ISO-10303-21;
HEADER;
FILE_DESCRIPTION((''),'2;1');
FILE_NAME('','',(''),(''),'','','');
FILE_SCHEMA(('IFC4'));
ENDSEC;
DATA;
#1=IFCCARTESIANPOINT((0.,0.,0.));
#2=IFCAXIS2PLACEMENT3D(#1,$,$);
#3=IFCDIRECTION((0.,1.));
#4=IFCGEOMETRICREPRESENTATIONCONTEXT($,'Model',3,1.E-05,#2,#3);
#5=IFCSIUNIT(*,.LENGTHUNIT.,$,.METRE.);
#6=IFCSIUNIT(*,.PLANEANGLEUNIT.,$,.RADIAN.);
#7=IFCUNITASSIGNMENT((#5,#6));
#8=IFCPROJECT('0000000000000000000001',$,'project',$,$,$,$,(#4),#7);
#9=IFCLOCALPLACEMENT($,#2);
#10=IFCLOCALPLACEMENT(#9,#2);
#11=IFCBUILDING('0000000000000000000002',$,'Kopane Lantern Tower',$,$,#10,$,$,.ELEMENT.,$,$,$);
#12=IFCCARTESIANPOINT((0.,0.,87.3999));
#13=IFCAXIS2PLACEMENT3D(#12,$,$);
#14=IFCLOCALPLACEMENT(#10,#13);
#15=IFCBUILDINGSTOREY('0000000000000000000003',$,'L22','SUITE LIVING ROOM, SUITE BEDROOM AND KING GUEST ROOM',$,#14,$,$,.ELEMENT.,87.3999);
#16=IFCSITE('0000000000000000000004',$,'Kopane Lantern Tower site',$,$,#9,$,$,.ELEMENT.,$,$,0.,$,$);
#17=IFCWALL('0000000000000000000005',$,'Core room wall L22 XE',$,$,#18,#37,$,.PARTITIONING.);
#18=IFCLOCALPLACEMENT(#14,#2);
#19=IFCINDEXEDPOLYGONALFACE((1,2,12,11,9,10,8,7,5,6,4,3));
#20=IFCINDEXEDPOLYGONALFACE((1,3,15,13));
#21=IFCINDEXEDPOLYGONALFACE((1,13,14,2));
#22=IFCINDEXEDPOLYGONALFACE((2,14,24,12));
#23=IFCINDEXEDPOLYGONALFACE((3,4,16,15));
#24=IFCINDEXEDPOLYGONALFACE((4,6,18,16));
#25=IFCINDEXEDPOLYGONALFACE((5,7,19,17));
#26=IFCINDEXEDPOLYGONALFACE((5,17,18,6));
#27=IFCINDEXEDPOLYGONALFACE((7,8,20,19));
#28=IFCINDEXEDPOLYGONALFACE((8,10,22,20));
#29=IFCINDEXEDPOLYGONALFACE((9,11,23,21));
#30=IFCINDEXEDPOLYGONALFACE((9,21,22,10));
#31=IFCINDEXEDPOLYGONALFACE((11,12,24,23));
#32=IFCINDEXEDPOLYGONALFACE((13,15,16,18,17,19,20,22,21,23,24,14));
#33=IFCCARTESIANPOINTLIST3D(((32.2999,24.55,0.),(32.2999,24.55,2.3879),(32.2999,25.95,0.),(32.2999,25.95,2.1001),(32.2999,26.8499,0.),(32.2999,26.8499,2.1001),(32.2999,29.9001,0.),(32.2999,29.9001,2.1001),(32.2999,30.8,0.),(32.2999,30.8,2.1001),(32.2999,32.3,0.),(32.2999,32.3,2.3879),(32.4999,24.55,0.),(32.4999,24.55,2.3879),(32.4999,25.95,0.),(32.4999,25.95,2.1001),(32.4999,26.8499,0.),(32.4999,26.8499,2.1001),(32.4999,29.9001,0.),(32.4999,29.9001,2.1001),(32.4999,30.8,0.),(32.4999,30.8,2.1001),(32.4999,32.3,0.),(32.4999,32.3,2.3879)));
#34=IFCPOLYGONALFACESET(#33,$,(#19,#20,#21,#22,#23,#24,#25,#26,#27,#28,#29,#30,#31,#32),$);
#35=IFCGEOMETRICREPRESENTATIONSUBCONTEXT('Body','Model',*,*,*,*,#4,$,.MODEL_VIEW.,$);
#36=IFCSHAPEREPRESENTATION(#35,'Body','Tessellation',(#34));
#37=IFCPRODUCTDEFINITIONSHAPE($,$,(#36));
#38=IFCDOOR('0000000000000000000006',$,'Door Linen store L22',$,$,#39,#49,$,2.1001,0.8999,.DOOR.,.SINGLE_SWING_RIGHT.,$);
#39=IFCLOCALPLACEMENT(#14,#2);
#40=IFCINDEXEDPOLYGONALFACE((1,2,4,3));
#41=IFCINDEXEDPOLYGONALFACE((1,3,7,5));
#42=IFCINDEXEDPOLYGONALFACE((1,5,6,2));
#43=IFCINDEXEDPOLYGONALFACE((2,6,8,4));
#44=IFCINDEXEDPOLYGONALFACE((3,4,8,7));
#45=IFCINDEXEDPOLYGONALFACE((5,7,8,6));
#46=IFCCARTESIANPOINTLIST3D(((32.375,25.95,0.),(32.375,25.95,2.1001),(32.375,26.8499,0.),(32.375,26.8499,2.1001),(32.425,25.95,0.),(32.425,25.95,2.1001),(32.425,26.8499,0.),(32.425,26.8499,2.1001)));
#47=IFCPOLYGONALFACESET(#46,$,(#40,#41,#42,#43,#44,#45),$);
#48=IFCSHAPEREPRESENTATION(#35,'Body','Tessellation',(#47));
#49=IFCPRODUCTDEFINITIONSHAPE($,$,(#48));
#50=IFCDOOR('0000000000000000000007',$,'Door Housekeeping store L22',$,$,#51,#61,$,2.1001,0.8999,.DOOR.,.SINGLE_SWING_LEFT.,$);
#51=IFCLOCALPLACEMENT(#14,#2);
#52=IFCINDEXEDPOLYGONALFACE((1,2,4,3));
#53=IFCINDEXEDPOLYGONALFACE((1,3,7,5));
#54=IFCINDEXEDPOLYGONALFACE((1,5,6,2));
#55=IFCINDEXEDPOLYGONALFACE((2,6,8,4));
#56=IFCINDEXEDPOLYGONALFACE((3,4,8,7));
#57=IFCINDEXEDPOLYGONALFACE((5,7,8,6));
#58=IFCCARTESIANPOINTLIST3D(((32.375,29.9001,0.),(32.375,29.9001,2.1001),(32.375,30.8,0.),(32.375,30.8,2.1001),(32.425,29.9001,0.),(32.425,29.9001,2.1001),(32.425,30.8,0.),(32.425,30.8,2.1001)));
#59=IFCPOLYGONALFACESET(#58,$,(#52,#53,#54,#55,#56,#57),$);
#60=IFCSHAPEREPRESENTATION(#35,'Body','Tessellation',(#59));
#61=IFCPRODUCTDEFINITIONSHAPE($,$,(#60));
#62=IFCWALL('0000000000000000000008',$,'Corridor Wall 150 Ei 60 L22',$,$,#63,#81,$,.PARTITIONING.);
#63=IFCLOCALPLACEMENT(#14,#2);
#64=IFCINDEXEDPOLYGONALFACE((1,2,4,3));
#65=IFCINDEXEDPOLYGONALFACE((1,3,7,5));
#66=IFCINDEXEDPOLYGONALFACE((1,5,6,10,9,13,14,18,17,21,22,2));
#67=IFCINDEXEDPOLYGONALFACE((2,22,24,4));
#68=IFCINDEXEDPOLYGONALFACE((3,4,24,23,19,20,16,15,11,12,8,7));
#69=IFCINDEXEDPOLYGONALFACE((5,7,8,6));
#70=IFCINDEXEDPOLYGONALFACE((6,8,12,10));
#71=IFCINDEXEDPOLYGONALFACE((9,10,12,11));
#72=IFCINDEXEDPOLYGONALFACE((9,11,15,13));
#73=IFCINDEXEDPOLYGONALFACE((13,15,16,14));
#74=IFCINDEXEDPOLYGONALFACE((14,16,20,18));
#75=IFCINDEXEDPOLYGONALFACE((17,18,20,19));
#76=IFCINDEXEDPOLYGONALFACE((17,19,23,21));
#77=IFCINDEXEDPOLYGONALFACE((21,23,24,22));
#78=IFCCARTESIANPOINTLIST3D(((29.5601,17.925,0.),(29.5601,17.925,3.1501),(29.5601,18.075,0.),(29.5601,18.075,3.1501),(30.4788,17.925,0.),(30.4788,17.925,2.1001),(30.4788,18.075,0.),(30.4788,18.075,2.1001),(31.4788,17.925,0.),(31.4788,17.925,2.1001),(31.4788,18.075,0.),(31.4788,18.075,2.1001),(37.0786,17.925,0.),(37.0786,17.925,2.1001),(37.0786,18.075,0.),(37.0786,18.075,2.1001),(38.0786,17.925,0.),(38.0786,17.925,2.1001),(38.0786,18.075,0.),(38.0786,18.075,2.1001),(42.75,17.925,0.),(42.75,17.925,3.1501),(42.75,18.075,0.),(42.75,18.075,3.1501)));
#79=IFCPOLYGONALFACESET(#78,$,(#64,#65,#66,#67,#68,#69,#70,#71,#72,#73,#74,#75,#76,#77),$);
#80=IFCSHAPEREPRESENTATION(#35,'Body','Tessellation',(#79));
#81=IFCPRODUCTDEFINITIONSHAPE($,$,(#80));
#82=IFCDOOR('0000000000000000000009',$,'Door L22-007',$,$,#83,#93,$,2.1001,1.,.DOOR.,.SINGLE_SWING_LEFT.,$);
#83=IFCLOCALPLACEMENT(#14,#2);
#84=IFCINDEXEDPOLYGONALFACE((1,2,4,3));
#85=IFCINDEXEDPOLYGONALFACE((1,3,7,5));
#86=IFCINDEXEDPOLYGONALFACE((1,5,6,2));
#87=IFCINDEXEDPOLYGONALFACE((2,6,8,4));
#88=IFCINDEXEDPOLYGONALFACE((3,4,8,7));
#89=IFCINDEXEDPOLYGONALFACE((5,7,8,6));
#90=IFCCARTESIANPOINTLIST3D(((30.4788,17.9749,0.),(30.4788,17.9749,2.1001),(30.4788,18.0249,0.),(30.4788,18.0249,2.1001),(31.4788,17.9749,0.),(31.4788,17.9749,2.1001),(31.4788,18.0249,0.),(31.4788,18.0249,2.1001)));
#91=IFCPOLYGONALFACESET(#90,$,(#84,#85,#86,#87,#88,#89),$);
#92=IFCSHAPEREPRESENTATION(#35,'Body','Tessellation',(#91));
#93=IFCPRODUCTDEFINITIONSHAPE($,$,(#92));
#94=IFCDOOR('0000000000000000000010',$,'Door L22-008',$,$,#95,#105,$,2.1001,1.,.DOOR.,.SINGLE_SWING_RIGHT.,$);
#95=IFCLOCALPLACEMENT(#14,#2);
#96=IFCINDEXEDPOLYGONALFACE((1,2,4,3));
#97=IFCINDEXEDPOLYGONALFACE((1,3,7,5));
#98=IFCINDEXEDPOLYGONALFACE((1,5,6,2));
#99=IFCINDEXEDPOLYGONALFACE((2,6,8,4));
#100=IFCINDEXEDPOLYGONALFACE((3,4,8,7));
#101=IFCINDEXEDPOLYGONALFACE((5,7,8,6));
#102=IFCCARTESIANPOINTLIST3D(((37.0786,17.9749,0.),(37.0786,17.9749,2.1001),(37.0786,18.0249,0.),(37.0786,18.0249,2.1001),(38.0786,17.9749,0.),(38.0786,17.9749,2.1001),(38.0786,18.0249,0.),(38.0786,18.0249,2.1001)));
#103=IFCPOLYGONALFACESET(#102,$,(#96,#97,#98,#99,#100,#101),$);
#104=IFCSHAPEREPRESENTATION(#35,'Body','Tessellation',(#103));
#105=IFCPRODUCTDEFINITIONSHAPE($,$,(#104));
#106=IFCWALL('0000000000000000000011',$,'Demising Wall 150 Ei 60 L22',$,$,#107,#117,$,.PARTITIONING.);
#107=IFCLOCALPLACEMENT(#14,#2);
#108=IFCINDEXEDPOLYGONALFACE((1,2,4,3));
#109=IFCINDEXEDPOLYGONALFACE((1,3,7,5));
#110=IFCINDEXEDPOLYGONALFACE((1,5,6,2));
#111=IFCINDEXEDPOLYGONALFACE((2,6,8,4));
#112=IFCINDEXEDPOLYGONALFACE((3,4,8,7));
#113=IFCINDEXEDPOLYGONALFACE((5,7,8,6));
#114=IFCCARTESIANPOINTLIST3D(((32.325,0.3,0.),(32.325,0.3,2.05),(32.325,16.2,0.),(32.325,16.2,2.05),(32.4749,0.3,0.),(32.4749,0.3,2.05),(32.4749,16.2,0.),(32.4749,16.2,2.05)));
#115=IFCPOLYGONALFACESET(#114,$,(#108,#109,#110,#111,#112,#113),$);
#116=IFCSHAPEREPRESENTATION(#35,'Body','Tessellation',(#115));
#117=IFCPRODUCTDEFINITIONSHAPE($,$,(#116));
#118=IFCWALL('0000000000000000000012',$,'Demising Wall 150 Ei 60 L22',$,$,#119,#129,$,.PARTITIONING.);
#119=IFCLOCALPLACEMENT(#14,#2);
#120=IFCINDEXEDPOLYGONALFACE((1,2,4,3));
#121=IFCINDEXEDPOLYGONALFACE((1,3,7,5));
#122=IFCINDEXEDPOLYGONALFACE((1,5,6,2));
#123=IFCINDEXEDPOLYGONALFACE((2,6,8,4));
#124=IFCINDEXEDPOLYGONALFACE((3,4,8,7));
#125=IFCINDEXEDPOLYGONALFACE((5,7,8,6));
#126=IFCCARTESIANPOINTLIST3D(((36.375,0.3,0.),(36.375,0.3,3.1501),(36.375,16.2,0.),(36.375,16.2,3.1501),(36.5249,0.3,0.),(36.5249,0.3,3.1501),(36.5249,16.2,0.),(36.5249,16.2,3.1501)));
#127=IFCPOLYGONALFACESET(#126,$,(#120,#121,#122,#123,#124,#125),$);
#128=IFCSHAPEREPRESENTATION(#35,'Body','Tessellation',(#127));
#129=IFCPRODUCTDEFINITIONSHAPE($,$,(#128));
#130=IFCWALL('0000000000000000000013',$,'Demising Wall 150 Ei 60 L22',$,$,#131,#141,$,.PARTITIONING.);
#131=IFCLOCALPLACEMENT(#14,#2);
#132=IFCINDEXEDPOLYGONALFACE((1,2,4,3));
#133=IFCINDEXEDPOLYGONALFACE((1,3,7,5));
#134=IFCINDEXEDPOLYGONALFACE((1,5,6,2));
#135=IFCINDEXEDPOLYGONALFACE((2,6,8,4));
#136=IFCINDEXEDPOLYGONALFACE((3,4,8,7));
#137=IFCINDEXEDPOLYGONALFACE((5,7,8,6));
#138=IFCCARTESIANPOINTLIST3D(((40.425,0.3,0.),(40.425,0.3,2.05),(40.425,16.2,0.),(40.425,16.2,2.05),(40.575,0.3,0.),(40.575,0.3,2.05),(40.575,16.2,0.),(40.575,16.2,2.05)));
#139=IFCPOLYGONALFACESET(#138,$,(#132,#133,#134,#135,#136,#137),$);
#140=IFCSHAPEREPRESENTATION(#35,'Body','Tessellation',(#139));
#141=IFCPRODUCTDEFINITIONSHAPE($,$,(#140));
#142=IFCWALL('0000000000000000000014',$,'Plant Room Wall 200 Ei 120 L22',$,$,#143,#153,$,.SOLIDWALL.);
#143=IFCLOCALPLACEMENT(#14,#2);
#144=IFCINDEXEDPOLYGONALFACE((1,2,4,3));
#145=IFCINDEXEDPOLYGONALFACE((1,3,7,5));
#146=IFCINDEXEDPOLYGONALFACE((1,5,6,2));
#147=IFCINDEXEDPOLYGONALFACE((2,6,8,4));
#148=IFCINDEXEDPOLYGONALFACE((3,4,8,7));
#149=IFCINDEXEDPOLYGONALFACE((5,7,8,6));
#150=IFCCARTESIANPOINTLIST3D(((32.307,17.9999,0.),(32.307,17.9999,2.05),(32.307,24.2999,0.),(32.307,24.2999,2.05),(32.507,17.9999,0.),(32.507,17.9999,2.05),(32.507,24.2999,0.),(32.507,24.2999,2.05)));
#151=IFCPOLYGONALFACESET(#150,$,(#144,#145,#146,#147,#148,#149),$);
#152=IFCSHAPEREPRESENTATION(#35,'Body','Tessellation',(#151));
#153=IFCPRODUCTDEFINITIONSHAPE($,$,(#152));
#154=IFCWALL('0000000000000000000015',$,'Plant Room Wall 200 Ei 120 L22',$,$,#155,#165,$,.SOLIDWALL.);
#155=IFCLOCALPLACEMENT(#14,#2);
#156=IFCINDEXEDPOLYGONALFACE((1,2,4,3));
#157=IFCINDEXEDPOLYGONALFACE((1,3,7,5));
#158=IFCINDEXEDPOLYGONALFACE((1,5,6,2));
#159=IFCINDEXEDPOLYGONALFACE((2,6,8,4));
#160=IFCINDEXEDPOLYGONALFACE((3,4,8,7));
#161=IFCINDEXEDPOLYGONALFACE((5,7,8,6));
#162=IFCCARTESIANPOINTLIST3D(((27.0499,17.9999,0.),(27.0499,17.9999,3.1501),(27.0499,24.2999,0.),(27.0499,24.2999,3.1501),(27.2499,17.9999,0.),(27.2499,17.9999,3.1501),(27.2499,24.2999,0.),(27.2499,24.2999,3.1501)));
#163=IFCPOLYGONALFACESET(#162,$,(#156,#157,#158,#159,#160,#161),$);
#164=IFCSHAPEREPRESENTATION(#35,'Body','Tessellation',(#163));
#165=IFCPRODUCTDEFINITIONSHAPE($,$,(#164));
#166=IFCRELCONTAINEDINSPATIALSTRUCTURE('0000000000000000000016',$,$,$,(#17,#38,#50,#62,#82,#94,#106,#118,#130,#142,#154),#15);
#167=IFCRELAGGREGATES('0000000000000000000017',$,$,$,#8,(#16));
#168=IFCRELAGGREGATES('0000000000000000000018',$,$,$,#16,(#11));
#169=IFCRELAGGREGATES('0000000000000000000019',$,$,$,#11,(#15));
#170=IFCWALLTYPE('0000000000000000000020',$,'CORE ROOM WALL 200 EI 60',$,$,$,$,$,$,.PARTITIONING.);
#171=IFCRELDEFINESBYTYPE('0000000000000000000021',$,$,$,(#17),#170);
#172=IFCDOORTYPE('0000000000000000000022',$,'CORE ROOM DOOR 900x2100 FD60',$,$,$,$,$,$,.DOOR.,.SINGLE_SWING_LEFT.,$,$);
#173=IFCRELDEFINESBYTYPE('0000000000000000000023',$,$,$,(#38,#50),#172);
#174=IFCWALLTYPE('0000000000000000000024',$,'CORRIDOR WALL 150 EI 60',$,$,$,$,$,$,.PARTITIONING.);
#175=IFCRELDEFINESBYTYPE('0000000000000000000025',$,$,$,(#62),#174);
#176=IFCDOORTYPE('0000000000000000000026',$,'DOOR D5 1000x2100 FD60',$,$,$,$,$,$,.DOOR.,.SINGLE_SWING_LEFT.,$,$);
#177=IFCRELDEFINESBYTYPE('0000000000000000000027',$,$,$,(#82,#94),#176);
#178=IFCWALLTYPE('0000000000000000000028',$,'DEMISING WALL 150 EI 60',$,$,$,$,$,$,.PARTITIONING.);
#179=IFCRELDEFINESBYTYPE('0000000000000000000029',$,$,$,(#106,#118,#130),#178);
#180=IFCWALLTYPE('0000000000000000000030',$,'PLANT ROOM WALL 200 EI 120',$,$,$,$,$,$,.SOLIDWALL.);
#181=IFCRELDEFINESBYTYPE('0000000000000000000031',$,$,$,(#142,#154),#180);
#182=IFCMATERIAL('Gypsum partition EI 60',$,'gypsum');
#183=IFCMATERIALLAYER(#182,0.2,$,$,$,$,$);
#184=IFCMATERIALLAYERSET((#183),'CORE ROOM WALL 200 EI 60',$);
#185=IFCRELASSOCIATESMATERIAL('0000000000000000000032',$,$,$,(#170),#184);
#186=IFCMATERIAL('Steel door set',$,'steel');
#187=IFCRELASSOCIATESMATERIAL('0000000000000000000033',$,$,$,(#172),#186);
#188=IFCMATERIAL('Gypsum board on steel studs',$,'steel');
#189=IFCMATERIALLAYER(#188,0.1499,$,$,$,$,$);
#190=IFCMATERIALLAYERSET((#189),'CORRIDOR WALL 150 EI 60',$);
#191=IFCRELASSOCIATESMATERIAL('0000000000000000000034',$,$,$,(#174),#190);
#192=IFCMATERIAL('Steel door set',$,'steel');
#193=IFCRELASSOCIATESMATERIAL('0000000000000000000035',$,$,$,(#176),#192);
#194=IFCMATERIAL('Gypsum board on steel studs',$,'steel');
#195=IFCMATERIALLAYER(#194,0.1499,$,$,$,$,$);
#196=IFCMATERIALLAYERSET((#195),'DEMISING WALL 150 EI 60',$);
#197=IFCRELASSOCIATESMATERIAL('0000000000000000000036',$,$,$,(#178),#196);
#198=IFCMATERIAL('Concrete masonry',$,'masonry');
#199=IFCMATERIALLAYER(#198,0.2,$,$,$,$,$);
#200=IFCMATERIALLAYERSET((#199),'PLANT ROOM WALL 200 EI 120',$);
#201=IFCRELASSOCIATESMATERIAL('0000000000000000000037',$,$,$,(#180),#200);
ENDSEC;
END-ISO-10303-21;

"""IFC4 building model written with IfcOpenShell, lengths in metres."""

from ifc_helpers import new_model, si_unit, direction, frame, frame_2d, origin, place, context, subcontext, project, spatial, rectangle, extrude, material, layer, layer_set, type_object, element, fill, save


model = new_model("IFC4")

# Units and contexts
model_context = context("Model", 3, precision=1e-05, world=origin(), true_north=direction((0.0, 1.0)))
body_context = subcontext(model_context, "Body", "Model", "MODEL_VIEW")
ifc_project = project(units=[si_unit("LENGTHUNIT", "METRE"), si_unit("PLANEANGLEUNIT", "RADIAN")], contexts=[model_context])

# Site, building, storey
site_placement = place(None, origin())
site = spatial("IfcSite", under=ifc_project, at=site_placement, Name="Kopane Lantern Tower site", CompositionType="ELEMENT", RefElevation=0.0)
building_placement = place(site_placement, origin())
building = spatial("IfcBuilding", under=site, at=building_placement, Name="Kopane Lantern Tower", CompositionType="ELEMENT")
storey_placement = place(building_placement, frame((0.0, 0.0, 87.3999)))
storey = spatial("IfcBuildingStorey", under=building, at=storey_placement, Name="L22", Description="SUITE LIVING ROOM, SUITE BEDROOM AND KING GUEST ROOM", CompositionType="ELEMENT", Elevation=87.3999)

# Walls, openings, doors
ifc_material_1 = material(Name="Gypsum partition EI 60", Category="gypsum")
ifc_layer_1 = layer(ifc_material_1, 0.2)
ifc_layer_set_1 = layer_set([ifc_layer_1], Name="CORE ROOM WALL 200 EI 60")
wall_type_1 = type_object("IfcWallType", Name="CORE ROOM WALL 200 EI 60", PredefinedType="PARTITIONING", material=ifc_layer_set_1)
wall_1_placement = place(storey_placement, frame((32.3999, 24.55, 0.0), z_axis=(0.0, 0.0, 1.0), x_axis=(0.0, 1.0, 0.0)))
wall_1 = element("IfcWall", 1, at=wall_1_placement, inside=storey, type_object=wall_type_1, Name="Core room wall L22 XE", PredefinedType="PARTITIONING", context=body_context, shape_type="SweptSolid", body=[
    extrude(rectangle(XDim=7.75, YDim=0.2, at=frame_2d((3.875, 0.0))), origin(), (0.0, 0.0, 1.0), 2.3879),
])
opening_1_placement = place(wall_1_placement, frame((1.3999, 0.0, 0.0)))
opening_1 = element("IfcOpeningElement", 2, at=opening_1_placement, cuts=wall_1, PredefinedType="OPENING", context=body_context, shape_type="SweptSolid", body=[
    extrude(rectangle(XDim=0.8999, YDim=2.1001, at=frame_2d((0.45, 1.05))), frame((0.0, 0.1099, 0.0), z_axis=(0.0, -1.0, 0.0), x_axis=(1.0, 0.0, 0.0)), (0.0, 0.0, 1.0), 0.22),
])
opening_2_placement = place(wall_1_placement, frame((5.3501, 0.0, 0.0)))
opening_2 = element("IfcOpeningElement", 3, at=opening_2_placement, cuts=wall_1, PredefinedType="OPENING", context=body_context, shape_type="SweptSolid", body=[
    extrude(rectangle(XDim=0.8999, YDim=2.1001, at=frame_2d((0.45, 1.05))), frame((0.0, 0.1099, 0.0), z_axis=(0.0, -1.0, 0.0), x_axis=(1.0, 0.0, 0.0)), (0.0, 0.0, 1.0), 0.22),
])
ifc_material_2 = material(Name="Steel door set", Category="steel")
door_type_1 = type_object("IfcDoorType", Name="CORE ROOM DOOR 900x2100 FD60", OperationType="SINGLE_SWING_LEFT", PredefinedType="DOOR", material=ifc_material_2)
door_1_placement = place(opening_1_placement, origin())
door_1 = element("IfcDoor", 4, at=door_1_placement, inside=storey, type_object=door_type_1, Name="Door Linen store L22", OperationType="SINGLE_SWING_RIGHT", OverallHeight=2.1001, OverallWidth=0.8999, PredefinedType="DOOR", context=body_context, shape_type="SweptSolid", body=[
    extrude(rectangle(XDim=0.8999, YDim=2.1001, at=frame_2d((0.45, 1.05))), frame((0.0, 0.0249, 0.0), z_axis=(0.0, -1.0, 0.0), x_axis=(1.0, 0.0, 0.0)), (0.0, 0.0, 1.0), 0.05),
])
fill(opening_1, door_1)
door_2_placement = place(opening_2_placement, origin())
door_2 = element("IfcDoor", 5, at=door_2_placement, inside=storey, type_object=door_type_1, Name="Door Housekeeping store L22", OperationType="SINGLE_SWING_LEFT", OverallHeight=2.1001, OverallWidth=0.8999, PredefinedType="DOOR", context=body_context, shape_type="SweptSolid", body=[
    extrude(rectangle(XDim=0.8999, YDim=2.1001, at=frame_2d((0.45, 1.05))), frame((0.0, 0.0249, 0.0), z_axis=(0.0, -1.0, 0.0), x_axis=(1.0, 0.0, 0.0)), (0.0, 0.0, 1.0), 0.05),
])
fill(opening_2, door_2)
ifc_material_3 = material(Name="Gypsum board on steel studs", Category="steel")
ifc_layer_2 = layer(ifc_material_3, 0.1499)
ifc_layer_set_2 = layer_set([ifc_layer_2], Name="CORRIDOR WALL 150 EI 60")
wall_type_2 = type_object("IfcWallType", Name="CORRIDOR WALL 150 EI 60", PredefinedType="PARTITIONING", material=ifc_layer_set_2)
wall_2_placement = place(storey_placement, frame((29.5601, 18.0, 0.0), z_axis=(0.0, 0.0, 1.0), x_axis=(1.0, 0.0, 0.0)))
wall_2 = element("IfcWall", 6, at=wall_2_placement, inside=storey, type_object=wall_type_2, Name="Corridor Wall 150 Ei 60 L22", PredefinedType="PARTITIONING", context=body_context, shape_type="SweptSolid", body=[
    extrude(rectangle(XDim=13.1899, YDim=0.1499, at=frame_2d((6.595, 0.0))), origin(), (0.0, 0.0, 1.0), 3.1501),
])
opening_3_placement = place(wall_2_placement, frame((0.9187, 0.0, 0.0)))
opening_3 = element("IfcOpeningElement", 7, at=opening_3_placement, cuts=wall_2, PredefinedType="OPENING", context=body_context, shape_type="SweptSolid", body=[
    extrude(rectangle(XDim=1.0, YDim=2.1001, at=frame_2d((0.5, 1.05))), frame((0.0, 0.085, 0.0), z_axis=(0.0, -1.0, 0.0), x_axis=(1.0, 0.0, 0.0)), (0.0, 0.0, 1.0), 0.1699),
])
opening_4_placement = place(wall_2_placement, frame((7.5186, 0.0, 0.0)))
opening_4 = element("IfcOpeningElement", 8, at=opening_4_placement, cuts=wall_2, PredefinedType="OPENING", context=body_context, shape_type="SweptSolid", body=[
    extrude(rectangle(XDim=1.0, YDim=2.1001, at=frame_2d((0.5, 1.05))), frame((0.0, 0.085, 0.0), z_axis=(0.0, -1.0, 0.0), x_axis=(1.0, 0.0, 0.0)), (0.0, 0.0, 1.0), 0.1699),
])
ifc_material_4 = material(Name="Steel door set", Category="steel")
door_type_2 = type_object("IfcDoorType", Name="DOOR D5 1000x2100 FD60", OperationType="SINGLE_SWING_LEFT", PredefinedType="DOOR", material=ifc_material_4)
door_3_placement = place(opening_3_placement, origin())
door_3 = element("IfcDoor", 9, at=door_3_placement, inside=storey, type_object=door_type_2, Name="Door L22-007", OperationType="SINGLE_SWING_LEFT", OverallHeight=2.1001, OverallWidth=1.0, PredefinedType="DOOR", context=body_context, shape_type="SweptSolid", body=[
    extrude(rectangle(XDim=1.0, YDim=2.1001, at=frame_2d((0.5, 1.05))), frame((0.0, 0.0249, 0.0), z_axis=(0.0, -1.0, 0.0), x_axis=(1.0, 0.0, 0.0)), (0.0, 0.0, 1.0), 0.05),
])
fill(opening_3, door_3)
door_4_placement = place(opening_4_placement, origin())
door_4 = element("IfcDoor", 10, at=door_4_placement, inside=storey, type_object=door_type_2, Name="Door L22-008", OperationType="SINGLE_SWING_RIGHT", OverallHeight=2.1001, OverallWidth=1.0, PredefinedType="DOOR", context=body_context, shape_type="SweptSolid", body=[
    extrude(rectangle(XDim=1.0, YDim=2.1001, at=frame_2d((0.5, 1.05))), frame((0.0, 0.0249, 0.0), z_axis=(0.0, -1.0, 0.0), x_axis=(1.0, 0.0, 0.0)), (0.0, 0.0, 1.0), 0.05),
])
fill(opening_4, door_4)

# Walls
ifc_material_5 = material(Name="Gypsum board on steel studs", Category="steel")
ifc_layer_3 = layer(ifc_material_5, 0.1499)
ifc_layer_set_3 = layer_set([ifc_layer_3], Name="DEMISING WALL 150 EI 60")
wall_type_3 = type_object("IfcWallType", Name="DEMISING WALL 150 EI 60", PredefinedType="PARTITIONING", material=ifc_layer_set_3)
wall_3_placement = place(storey_placement, frame((32.3999, 16.2, 0.0), z_axis=(0.0, 0.0, 1.0), x_axis=(0.0, -1.0, 0.0)))
element("IfcWall", 11, at=wall_3_placement, inside=storey, type_object=wall_type_3, Name="Demising Wall 150 Ei 60 L22", PredefinedType="PARTITIONING", context=body_context, shape_type="SweptSolid", body=[
    extrude(rectangle(XDim=15.8999, YDim=0.1499, at=frame_2d((7.95, 0.0))), origin(), (0.0, 0.0, 1.0), 2.05),
])
wall_4_placement = place(storey_placement, frame((36.45, 16.2, 0.0), z_axis=(0.0, 0.0, 1.0), x_axis=(0.0, -1.0, 0.0)))
element("IfcWall", 12, at=wall_4_placement, inside=storey, type_object=wall_type_3, Name="Demising Wall 150 Ei 60 L22", PredefinedType="PARTITIONING", context=body_context, shape_type="SweptSolid", body=[
    extrude(rectangle(XDim=15.8999, YDim=0.1499, at=frame_2d((7.95, 0.0))), origin(), (0.0, 0.0, 1.0), 3.1501),
])
wall_5_placement = place(storey_placement, frame((40.5, 16.2, 0.0), z_axis=(0.0, 0.0, 1.0), x_axis=(0.0, -1.0, 0.0)))
element("IfcWall", 13, at=wall_5_placement, inside=storey, type_object=wall_type_3, Name="Demising Wall 150 Ei 60 L22", PredefinedType="PARTITIONING", context=body_context, shape_type="SweptSolid", body=[
    extrude(rectangle(XDim=15.8999, YDim=0.1499, at=frame_2d((7.95, 0.0))), origin(), (0.0, 0.0, 1.0), 2.05),
])
ifc_material_6 = material(Name="Concrete masonry", Category="masonry")
ifc_layer_4 = layer(ifc_material_6, 0.2)
ifc_layer_set_4 = layer_set([ifc_layer_4], Name="PLANT ROOM WALL 200 EI 120")
wall_type_4 = type_object("IfcWallType", Name="PLANT ROOM WALL 200 EI 120", PredefinedType="SOLIDWALL", material=ifc_layer_set_4)
wall_6_placement = place(storey_placement, frame((32.407, 18.0, 0.0), z_axis=(0.0, 0.0, 1.0), x_axis=(0.0, 1.0, 0.0)))
element("IfcWall", 14, at=wall_6_placement, inside=storey, type_object=wall_type_4, Name="Plant Room Wall 200 Ei 120 L22", PredefinedType="SOLIDWALL", context=body_context, shape_type="SweptSolid", body=[
    extrude(rectangle(XDim=6.3, YDim=0.2, at=frame_2d((3.1499, 0.0))), origin(), (0.0, 0.0, 1.0), 2.05),
])
for number, where, z_axis, x_axis, name in (
    (15, (27.1499, 18.0, 0.0), (0.0, 0.0, 1.0), (0.0, 1.0, 0.0), "Plant Room Wall 200 Ei 120 L22"),
):
    element("IfcWall", number, at=place(storey_placement, frame(where, z_axis=z_axis, x_axis=x_axis)), inside=storey, type_object=wall_type_4, Name=name, PredefinedType="SOLIDWALL", context=body_context, shape_type="SweptSolid", body=[
        extrude(rectangle(XDim=6.3, YDim=0.2, at=frame_2d((3.1499, 0.0))), origin(), (0.0, 0.0, 1.0), 3.1501),
    ])

save(model, "model.ifc")
